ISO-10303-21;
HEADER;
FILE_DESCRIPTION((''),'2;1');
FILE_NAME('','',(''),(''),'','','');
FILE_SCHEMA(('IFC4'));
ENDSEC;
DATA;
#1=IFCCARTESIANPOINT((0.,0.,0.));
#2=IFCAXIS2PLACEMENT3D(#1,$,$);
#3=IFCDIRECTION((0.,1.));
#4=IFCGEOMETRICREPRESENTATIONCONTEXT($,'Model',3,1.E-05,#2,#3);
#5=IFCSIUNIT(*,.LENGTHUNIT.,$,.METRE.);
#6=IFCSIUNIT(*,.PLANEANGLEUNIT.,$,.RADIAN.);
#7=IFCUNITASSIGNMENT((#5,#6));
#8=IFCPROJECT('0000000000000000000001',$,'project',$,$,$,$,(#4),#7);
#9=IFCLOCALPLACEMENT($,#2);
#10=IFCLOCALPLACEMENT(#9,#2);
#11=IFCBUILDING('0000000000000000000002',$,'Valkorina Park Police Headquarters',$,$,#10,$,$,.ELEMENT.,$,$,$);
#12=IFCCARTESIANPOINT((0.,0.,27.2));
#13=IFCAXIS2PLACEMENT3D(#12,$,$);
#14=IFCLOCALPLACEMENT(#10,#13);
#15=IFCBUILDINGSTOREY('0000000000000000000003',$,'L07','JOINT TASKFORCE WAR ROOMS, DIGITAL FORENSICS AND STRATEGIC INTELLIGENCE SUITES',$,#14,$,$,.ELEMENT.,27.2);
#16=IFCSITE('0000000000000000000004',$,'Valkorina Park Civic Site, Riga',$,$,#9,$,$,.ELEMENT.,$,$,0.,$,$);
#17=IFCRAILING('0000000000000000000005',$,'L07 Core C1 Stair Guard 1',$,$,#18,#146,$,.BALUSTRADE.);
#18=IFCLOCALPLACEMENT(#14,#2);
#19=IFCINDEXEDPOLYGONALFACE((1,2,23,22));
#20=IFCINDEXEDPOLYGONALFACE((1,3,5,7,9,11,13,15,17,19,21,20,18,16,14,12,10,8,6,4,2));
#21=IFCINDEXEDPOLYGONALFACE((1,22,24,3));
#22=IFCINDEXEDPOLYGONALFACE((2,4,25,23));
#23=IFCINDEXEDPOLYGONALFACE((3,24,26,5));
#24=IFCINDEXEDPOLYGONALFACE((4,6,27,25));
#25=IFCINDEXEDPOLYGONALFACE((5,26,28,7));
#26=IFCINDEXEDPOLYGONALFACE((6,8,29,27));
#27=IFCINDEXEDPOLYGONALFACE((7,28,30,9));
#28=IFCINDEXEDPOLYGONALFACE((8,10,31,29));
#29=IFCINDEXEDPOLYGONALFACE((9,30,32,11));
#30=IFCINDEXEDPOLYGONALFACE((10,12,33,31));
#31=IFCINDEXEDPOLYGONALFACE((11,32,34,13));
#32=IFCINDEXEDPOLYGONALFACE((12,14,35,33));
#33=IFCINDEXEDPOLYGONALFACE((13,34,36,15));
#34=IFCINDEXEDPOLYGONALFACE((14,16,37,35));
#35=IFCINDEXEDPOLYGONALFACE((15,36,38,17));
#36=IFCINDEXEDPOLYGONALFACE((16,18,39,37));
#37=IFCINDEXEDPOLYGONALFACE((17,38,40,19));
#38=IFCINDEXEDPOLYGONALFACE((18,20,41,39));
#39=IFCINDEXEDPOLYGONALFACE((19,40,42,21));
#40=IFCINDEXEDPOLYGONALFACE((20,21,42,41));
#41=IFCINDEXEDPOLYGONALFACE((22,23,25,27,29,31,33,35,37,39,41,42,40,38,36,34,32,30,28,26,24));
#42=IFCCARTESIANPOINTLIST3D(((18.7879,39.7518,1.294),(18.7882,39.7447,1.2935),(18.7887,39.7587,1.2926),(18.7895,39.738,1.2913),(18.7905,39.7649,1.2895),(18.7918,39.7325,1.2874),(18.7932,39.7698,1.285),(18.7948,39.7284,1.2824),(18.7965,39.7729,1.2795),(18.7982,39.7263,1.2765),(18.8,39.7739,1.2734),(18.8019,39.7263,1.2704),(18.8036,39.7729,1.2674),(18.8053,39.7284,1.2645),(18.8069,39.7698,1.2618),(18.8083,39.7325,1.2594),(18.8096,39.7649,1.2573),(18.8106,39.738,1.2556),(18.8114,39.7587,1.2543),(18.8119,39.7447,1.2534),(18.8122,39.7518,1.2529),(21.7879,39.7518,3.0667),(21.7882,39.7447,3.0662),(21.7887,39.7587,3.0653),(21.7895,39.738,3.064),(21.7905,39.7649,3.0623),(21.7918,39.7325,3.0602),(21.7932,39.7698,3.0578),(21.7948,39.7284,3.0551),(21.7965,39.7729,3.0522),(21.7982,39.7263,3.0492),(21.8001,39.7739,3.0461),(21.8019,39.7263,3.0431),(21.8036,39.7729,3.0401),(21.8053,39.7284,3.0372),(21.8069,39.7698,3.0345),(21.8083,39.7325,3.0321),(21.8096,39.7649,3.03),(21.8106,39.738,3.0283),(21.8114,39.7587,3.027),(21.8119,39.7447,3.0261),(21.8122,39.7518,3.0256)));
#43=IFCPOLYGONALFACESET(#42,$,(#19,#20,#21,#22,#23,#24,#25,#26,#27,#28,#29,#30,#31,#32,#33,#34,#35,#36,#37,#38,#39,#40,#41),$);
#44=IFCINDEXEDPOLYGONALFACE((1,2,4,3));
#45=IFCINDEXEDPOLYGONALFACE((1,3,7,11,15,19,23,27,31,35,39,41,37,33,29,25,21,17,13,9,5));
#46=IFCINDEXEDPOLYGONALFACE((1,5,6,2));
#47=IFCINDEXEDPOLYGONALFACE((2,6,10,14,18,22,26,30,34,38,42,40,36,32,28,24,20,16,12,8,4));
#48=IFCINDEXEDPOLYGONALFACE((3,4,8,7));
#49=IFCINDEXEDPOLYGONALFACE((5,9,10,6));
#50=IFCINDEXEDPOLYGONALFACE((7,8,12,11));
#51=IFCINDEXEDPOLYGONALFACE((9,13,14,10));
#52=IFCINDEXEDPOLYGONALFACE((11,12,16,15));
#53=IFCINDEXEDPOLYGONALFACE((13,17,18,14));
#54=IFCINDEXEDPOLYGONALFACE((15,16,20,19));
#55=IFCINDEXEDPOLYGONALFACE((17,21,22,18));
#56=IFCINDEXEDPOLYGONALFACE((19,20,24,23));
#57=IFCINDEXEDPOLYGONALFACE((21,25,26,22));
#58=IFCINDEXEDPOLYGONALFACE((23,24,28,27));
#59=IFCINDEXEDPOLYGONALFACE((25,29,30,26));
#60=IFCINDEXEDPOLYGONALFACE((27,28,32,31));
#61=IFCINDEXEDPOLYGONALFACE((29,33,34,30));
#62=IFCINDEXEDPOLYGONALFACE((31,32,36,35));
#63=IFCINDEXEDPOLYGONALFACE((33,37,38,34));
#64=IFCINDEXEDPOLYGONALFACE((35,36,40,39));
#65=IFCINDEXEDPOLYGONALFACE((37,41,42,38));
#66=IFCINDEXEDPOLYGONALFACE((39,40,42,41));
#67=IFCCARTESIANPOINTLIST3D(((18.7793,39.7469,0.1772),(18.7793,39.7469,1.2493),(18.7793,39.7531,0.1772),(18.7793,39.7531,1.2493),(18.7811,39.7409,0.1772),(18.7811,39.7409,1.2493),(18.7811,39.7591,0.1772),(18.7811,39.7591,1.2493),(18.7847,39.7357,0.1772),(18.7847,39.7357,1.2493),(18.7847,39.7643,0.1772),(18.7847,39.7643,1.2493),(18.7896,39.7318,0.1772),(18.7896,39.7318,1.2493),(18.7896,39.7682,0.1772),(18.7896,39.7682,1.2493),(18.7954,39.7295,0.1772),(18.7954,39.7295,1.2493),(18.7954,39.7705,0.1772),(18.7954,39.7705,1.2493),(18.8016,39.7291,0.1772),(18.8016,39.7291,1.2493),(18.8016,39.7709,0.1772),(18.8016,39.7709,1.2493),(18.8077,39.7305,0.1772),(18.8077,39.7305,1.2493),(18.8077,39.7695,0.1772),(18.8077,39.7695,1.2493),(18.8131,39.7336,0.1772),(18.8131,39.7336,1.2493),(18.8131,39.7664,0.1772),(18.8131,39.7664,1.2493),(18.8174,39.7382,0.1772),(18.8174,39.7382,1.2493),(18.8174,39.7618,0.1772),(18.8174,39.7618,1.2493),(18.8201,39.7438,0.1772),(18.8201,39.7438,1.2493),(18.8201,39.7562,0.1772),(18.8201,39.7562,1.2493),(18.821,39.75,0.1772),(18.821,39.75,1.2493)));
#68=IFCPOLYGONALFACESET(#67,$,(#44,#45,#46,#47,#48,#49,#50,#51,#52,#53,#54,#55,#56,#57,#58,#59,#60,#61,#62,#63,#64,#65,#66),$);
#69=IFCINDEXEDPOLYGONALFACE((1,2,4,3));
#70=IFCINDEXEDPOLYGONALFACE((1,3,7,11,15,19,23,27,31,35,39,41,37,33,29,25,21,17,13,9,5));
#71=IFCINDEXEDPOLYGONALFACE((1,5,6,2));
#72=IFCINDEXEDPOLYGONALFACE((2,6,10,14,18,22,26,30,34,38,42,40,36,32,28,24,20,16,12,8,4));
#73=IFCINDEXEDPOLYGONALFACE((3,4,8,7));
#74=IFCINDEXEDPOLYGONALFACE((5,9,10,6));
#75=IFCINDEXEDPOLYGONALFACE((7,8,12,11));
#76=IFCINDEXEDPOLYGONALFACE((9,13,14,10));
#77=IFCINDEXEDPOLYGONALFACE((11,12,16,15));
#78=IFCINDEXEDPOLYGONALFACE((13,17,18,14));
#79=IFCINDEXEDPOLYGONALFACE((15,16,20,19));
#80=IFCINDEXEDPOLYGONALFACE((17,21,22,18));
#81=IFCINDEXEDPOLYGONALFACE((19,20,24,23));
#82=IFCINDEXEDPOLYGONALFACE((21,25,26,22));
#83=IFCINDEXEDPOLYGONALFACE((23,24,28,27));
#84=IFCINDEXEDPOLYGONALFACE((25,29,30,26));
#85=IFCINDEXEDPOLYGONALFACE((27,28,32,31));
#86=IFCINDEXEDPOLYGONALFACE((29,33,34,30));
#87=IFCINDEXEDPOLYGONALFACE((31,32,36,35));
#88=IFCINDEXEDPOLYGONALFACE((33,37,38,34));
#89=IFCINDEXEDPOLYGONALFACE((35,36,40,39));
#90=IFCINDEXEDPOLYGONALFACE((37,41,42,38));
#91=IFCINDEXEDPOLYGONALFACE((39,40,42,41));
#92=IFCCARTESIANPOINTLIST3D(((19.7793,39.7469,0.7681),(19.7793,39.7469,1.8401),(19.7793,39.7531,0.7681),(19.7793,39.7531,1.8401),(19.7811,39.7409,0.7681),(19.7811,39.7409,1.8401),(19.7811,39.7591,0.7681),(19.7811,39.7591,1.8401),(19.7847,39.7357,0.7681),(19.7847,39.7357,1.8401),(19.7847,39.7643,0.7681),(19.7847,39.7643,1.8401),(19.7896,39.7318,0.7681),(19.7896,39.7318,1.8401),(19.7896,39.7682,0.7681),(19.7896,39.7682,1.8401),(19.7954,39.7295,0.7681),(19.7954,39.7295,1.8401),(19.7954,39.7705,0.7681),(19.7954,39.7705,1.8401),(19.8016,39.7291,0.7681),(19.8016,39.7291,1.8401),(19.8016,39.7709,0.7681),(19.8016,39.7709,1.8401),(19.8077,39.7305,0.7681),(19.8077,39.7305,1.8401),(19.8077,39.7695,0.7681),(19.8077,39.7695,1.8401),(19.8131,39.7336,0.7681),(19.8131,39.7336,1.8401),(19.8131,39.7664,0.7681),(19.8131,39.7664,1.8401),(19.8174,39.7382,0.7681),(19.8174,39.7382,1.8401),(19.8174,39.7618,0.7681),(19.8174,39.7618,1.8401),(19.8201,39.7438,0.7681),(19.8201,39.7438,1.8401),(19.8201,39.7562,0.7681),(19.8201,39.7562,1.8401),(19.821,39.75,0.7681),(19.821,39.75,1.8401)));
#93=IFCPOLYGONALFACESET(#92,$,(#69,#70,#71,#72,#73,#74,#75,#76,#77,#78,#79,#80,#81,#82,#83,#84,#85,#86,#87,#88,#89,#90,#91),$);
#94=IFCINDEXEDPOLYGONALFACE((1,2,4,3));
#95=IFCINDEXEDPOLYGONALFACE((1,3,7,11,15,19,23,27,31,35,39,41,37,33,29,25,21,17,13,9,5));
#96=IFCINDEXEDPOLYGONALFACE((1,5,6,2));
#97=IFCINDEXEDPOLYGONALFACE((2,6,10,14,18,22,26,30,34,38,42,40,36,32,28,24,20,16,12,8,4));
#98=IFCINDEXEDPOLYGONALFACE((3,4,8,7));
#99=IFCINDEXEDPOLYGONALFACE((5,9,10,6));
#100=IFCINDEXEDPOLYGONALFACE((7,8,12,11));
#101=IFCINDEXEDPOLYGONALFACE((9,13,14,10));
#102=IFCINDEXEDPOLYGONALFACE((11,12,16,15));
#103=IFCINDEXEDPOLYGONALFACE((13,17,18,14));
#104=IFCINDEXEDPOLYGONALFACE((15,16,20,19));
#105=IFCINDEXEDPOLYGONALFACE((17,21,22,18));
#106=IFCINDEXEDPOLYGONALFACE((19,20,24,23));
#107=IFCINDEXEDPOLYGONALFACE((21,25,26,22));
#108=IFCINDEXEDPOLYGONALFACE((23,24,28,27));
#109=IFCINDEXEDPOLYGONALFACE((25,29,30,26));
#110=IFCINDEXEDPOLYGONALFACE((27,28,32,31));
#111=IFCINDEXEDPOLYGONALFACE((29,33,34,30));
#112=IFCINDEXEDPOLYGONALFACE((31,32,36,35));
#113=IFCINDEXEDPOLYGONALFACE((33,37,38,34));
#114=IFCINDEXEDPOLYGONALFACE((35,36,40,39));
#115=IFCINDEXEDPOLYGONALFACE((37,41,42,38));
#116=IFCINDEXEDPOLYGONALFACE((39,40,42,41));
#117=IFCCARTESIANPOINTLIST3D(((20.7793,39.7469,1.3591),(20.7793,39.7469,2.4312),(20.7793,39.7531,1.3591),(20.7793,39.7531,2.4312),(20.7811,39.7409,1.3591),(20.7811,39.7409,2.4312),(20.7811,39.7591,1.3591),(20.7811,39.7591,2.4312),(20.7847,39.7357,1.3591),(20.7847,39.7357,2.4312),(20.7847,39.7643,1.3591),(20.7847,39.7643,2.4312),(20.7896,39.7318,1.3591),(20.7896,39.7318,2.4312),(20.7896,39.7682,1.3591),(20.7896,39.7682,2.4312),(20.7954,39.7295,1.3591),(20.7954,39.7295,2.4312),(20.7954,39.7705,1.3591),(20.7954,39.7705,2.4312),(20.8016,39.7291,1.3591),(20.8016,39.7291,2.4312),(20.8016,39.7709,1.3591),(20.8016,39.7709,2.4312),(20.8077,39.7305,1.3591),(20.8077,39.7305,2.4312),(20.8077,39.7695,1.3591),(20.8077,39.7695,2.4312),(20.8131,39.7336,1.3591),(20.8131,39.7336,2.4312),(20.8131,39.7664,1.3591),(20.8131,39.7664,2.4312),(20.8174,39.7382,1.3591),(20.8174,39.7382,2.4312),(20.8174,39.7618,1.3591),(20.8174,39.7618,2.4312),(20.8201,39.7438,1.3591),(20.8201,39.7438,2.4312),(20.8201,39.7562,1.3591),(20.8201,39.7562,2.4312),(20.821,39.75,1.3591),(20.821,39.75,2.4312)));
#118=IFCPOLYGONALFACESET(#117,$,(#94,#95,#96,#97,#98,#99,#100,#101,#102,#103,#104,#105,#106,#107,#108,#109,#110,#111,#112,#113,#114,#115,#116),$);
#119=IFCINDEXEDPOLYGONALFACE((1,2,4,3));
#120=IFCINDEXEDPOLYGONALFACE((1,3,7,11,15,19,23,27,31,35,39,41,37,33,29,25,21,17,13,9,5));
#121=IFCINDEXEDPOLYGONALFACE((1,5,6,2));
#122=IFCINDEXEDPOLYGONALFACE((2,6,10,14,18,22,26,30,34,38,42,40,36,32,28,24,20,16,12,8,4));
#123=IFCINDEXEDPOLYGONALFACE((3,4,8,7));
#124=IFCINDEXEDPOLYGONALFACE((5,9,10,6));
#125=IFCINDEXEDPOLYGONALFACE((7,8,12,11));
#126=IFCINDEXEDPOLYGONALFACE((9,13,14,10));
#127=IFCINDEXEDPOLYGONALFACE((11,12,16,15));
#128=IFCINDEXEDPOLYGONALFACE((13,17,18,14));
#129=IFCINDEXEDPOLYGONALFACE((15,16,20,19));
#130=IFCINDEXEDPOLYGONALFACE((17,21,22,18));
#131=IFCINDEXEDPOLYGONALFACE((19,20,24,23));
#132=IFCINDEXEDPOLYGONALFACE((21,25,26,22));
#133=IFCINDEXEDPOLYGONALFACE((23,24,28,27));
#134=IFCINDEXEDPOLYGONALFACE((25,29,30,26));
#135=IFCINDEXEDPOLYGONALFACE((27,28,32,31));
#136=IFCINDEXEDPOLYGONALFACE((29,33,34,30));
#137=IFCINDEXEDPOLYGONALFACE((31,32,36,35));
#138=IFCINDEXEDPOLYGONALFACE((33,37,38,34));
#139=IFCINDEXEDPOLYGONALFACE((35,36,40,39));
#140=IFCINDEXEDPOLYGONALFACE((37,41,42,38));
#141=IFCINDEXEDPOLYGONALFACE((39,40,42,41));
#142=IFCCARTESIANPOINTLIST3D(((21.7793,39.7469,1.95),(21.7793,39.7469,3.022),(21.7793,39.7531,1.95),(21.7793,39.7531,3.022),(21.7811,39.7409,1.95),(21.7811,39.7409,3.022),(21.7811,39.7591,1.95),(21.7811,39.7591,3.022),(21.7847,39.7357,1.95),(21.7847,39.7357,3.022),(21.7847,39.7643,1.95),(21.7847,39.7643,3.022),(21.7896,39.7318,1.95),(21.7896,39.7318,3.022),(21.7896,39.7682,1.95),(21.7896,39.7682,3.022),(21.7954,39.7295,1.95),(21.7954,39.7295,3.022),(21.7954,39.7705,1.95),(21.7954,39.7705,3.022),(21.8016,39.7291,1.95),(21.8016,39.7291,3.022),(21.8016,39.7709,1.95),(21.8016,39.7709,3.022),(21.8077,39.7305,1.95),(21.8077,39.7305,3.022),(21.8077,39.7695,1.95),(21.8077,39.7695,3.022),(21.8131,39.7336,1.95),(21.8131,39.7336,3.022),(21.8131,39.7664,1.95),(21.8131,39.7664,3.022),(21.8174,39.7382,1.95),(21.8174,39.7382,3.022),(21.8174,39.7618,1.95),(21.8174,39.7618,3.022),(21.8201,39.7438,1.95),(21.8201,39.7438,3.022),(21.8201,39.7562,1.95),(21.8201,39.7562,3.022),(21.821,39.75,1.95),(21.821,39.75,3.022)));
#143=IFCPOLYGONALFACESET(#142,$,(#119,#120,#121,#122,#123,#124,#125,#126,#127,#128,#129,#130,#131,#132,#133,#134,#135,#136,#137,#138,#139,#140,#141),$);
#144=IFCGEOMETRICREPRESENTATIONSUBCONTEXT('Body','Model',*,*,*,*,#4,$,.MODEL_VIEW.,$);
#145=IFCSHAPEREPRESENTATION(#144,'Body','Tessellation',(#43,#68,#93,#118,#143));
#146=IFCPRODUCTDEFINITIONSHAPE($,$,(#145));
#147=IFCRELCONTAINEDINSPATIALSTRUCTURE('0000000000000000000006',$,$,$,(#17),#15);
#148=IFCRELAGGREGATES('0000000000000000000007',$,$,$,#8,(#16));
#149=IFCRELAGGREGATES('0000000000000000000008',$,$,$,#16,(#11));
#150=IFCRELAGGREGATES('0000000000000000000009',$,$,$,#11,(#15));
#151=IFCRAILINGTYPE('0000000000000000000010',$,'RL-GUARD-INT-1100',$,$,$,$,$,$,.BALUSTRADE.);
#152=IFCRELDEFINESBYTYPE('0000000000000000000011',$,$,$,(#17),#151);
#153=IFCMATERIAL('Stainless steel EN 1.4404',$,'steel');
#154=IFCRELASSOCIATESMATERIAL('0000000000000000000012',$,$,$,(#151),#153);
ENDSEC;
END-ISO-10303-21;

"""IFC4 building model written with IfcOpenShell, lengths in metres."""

from ifc_helpers import new_model, si_unit, direction, frame, origin, origin_2d, place, context, subcontext, project, spatial, circle, extrude, material, type_object, element, save


model = new_model("IFC4")

# Units and contexts
model_context = context("Model", 3, precision=1e-05, world=origin(), true_north=direction((0.0, 1.0)))
body_context = subcontext(model_context, "Body", "Model", "MODEL_VIEW")
ifc_project = project(units=[si_unit("LENGTHUNIT", "METRE"), si_unit("PLANEANGLEUNIT", "RADIAN")], contexts=[model_context])

# Site, building, storey
site_placement = place(None, origin())
site = spatial("IfcSite", under=ifc_project, at=site_placement, Name="Valkorina Park Civic Site, Riga", CompositionType="ELEMENT", RefElevation=0.0)
building_placement = place(site_placement, origin())
building = spatial("IfcBuilding", under=site, at=building_placement, Name="Valkorina Park Police Headquarters", CompositionType="ELEMENT")
storey_placement = place(building_placement, frame((0.0, 0.0, 27.2)))
storey = spatial("IfcBuildingStorey", under=building, at=storey_placement, Name="L07", Description="JOINT TASKFORCE WAR ROOMS, DIGITAL FORENSICS AND STRATEGIC INTELLIGENCE SUITES", CompositionType="ELEMENT", Elevation=27.2)

# Railing
ifc_material_1 = material(Name="Stainless steel EN 1.4404", Category="steel")
railing_type_1 = type_object("IfcRailingType", Name="RL-GUARD-INT-1100", PredefinedType="BALUSTRADE", material=ifc_material_1)
railing_1_placement = place(storey_placement, frame((18.8, 39.75, 0.1772)))
element("IfcRailing", 1, at=railing_1_placement, inside=storey, type_object=railing_type_1, Name="L07 Core C1 Stair Guard 1", PredefinedType="BALUSTRADE", context=body_context, shape_type="SweptSolid", body=[
    extrude(circle(Radius=0.0239, at=origin_2d()), frame((0.0, 0.0, 1.0962), z_axis=(0.860929, 0.0, 0.508725), x_axis=(0.0, 1.0, 0.0)), (0.0, 0.0, 1.0), 3.4846),
    extrude(circle(Radius=0.021, at=origin_2d()), origin(), (0.0, 0.0, 1.0), 1.072),
    extrude(circle(Radius=0.021, at=origin_2d()), frame((1.0, 0.0, 0.5908)), (0.0, 0.0, 1.0), 1.072),
    extrude(circle(Radius=0.021, at=origin_2d()), frame((2.0, 0.0, 1.1819)), (0.0, 0.0, 1.0), 1.072),
    extrude(circle(Radius=0.021, at=origin_2d()), frame((3.0, 0.0, 1.7727)), (0.0, 0.0, 1.0), 1.072),
])

save(model, "model.ifc")
